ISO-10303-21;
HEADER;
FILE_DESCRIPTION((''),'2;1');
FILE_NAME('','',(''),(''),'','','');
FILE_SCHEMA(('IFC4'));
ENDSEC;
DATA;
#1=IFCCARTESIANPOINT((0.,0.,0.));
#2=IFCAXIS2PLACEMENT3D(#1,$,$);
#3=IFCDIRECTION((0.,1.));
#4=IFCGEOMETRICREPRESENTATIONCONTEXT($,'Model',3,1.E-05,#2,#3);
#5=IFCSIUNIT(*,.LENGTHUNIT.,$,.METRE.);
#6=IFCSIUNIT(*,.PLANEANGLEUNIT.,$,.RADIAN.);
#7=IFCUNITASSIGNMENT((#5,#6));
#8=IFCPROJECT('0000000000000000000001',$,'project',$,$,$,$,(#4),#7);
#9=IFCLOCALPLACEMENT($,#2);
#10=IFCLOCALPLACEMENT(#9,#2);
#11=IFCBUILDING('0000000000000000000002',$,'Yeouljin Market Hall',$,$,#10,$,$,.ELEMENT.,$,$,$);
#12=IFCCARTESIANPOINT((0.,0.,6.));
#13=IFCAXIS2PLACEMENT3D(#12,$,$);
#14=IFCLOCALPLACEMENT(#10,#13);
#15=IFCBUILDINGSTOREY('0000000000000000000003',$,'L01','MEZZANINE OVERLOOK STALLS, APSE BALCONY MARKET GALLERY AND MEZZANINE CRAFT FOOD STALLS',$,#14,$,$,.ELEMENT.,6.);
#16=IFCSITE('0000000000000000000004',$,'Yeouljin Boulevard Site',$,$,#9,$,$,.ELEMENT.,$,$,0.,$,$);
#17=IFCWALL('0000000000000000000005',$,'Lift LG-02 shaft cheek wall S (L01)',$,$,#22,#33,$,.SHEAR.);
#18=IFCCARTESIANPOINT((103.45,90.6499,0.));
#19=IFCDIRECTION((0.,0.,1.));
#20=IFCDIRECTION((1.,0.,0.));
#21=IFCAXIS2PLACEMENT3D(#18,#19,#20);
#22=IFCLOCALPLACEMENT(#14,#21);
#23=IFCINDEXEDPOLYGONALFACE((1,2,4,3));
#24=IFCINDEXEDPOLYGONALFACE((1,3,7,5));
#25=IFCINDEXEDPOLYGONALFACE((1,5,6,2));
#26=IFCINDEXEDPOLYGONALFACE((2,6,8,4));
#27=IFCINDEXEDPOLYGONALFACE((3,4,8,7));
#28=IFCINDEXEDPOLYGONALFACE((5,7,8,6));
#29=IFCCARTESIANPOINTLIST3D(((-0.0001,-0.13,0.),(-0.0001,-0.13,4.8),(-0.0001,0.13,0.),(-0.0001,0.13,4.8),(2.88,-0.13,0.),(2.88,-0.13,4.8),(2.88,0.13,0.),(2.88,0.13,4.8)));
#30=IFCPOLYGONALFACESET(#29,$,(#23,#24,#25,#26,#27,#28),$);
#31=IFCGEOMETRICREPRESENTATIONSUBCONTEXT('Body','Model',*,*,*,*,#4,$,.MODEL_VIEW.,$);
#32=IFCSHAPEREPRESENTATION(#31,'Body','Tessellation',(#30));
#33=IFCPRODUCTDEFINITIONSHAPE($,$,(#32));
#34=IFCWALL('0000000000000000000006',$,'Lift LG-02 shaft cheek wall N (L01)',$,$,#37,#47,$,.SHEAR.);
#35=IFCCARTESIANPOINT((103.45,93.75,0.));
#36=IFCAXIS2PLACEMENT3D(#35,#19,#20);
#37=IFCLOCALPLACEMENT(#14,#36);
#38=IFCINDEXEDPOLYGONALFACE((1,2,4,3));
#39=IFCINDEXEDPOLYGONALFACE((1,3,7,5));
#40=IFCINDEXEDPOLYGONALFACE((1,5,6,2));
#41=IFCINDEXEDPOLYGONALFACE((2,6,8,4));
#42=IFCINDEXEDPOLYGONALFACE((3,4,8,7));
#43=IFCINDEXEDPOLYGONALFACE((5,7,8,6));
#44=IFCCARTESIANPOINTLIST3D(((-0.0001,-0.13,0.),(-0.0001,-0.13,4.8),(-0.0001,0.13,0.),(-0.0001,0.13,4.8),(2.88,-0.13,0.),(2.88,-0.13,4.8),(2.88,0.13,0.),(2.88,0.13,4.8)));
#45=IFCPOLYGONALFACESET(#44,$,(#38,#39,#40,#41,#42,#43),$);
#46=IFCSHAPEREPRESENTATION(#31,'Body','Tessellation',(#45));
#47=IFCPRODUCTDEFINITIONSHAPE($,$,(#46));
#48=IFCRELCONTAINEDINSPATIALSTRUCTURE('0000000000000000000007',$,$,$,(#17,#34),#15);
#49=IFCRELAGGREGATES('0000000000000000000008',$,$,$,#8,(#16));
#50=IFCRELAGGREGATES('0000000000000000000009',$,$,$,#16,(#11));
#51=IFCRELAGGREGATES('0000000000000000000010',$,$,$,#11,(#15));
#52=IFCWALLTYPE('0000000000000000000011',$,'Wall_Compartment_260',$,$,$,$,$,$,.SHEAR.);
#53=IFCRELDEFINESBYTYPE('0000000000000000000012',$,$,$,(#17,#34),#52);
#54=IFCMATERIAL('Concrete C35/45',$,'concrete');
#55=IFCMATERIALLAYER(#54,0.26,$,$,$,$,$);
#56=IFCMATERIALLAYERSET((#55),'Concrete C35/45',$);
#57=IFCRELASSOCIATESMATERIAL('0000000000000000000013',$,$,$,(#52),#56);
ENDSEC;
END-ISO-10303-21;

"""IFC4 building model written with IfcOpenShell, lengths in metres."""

from ifc_helpers import new_model, si_unit, direction, frame, frame_2d, origin, place, context, subcontext, project, spatial, rectangle, extrude, material, layer, layer_set, type_object, element, save


model = new_model("IFC4")

# Units and contexts
model_context = context("Model", 3, precision=1e-05, world=origin(), true_north=direction((0.0, 1.0)))
body_context = subcontext(model_context, "Body", "Model", "MODEL_VIEW")
ifc_project = project(units=[si_unit("LENGTHUNIT", "METRE"), si_unit("PLANEANGLEUNIT", "RADIAN")], contexts=[model_context])

# Site, building, storey
site_placement = place(None, origin())
site = spatial("IfcSite", under=ifc_project, at=site_placement, Name="Yeouljin Boulevard Site", CompositionType="ELEMENT", RefElevation=0.0)
building_placement = place(site_placement, origin())
building = spatial("IfcBuilding", under=site, at=building_placement, Name="Yeouljin Market Hall", CompositionType="ELEMENT")
storey_placement = place(building_placement, frame((0.0, 0.0, 6.0)))
storey = spatial("IfcBuildingStorey", under=building, at=storey_placement, Name="L01", Description="MEZZANINE OVERLOOK STALLS, APSE BALCONY MARKET GALLERY AND MEZZANINE CRAFT FOOD STALLS", CompositionType="ELEMENT", Elevation=6.0)

# Shared definitions
ifc_material_1 = material(Name="Concrete C35/45", Category="concrete")
ifc_layer_1 = layer(ifc_material_1, 0.26)
ifc_layer_set_1 = layer_set([ifc_layer_1], Name="Concrete C35/45")
wall_type_1 = type_object("IfcWallType", Name="Wall_Compartment_260", PredefinedType="SHEAR", material=ifc_layer_set_1)

# Walls
for number, where, z_axis, x_axis, name in (
    (1, (103.45, 90.6499, 0.0), (0.0, 0.0, 1.0), (1.0, 0.0, 0.0), "Lift LG-02 shaft cheek wall S (L01)"),
    (2, (103.45, 93.75, 0.0), (0.0, 0.0, 1.0), (1.0, 0.0, 0.0), "Lift LG-02 shaft cheek wall N (L01)"),
):
    element("IfcWall", number, at=place(storey_placement, frame(where, z_axis=z_axis, x_axis=x_axis)), inside=storey, type_object=wall_type_1, Name=name, PredefinedType="SHEAR", context=body_context, shape_type="SweptSolid", body=[
        extrude(rectangle(XDim=2.8801, YDim=0.26, at=frame_2d((1.4399, 0.0))), origin(), (0.0, 0.0, 1.0), 4.8),
    ])

save(model, "model.ifc")
